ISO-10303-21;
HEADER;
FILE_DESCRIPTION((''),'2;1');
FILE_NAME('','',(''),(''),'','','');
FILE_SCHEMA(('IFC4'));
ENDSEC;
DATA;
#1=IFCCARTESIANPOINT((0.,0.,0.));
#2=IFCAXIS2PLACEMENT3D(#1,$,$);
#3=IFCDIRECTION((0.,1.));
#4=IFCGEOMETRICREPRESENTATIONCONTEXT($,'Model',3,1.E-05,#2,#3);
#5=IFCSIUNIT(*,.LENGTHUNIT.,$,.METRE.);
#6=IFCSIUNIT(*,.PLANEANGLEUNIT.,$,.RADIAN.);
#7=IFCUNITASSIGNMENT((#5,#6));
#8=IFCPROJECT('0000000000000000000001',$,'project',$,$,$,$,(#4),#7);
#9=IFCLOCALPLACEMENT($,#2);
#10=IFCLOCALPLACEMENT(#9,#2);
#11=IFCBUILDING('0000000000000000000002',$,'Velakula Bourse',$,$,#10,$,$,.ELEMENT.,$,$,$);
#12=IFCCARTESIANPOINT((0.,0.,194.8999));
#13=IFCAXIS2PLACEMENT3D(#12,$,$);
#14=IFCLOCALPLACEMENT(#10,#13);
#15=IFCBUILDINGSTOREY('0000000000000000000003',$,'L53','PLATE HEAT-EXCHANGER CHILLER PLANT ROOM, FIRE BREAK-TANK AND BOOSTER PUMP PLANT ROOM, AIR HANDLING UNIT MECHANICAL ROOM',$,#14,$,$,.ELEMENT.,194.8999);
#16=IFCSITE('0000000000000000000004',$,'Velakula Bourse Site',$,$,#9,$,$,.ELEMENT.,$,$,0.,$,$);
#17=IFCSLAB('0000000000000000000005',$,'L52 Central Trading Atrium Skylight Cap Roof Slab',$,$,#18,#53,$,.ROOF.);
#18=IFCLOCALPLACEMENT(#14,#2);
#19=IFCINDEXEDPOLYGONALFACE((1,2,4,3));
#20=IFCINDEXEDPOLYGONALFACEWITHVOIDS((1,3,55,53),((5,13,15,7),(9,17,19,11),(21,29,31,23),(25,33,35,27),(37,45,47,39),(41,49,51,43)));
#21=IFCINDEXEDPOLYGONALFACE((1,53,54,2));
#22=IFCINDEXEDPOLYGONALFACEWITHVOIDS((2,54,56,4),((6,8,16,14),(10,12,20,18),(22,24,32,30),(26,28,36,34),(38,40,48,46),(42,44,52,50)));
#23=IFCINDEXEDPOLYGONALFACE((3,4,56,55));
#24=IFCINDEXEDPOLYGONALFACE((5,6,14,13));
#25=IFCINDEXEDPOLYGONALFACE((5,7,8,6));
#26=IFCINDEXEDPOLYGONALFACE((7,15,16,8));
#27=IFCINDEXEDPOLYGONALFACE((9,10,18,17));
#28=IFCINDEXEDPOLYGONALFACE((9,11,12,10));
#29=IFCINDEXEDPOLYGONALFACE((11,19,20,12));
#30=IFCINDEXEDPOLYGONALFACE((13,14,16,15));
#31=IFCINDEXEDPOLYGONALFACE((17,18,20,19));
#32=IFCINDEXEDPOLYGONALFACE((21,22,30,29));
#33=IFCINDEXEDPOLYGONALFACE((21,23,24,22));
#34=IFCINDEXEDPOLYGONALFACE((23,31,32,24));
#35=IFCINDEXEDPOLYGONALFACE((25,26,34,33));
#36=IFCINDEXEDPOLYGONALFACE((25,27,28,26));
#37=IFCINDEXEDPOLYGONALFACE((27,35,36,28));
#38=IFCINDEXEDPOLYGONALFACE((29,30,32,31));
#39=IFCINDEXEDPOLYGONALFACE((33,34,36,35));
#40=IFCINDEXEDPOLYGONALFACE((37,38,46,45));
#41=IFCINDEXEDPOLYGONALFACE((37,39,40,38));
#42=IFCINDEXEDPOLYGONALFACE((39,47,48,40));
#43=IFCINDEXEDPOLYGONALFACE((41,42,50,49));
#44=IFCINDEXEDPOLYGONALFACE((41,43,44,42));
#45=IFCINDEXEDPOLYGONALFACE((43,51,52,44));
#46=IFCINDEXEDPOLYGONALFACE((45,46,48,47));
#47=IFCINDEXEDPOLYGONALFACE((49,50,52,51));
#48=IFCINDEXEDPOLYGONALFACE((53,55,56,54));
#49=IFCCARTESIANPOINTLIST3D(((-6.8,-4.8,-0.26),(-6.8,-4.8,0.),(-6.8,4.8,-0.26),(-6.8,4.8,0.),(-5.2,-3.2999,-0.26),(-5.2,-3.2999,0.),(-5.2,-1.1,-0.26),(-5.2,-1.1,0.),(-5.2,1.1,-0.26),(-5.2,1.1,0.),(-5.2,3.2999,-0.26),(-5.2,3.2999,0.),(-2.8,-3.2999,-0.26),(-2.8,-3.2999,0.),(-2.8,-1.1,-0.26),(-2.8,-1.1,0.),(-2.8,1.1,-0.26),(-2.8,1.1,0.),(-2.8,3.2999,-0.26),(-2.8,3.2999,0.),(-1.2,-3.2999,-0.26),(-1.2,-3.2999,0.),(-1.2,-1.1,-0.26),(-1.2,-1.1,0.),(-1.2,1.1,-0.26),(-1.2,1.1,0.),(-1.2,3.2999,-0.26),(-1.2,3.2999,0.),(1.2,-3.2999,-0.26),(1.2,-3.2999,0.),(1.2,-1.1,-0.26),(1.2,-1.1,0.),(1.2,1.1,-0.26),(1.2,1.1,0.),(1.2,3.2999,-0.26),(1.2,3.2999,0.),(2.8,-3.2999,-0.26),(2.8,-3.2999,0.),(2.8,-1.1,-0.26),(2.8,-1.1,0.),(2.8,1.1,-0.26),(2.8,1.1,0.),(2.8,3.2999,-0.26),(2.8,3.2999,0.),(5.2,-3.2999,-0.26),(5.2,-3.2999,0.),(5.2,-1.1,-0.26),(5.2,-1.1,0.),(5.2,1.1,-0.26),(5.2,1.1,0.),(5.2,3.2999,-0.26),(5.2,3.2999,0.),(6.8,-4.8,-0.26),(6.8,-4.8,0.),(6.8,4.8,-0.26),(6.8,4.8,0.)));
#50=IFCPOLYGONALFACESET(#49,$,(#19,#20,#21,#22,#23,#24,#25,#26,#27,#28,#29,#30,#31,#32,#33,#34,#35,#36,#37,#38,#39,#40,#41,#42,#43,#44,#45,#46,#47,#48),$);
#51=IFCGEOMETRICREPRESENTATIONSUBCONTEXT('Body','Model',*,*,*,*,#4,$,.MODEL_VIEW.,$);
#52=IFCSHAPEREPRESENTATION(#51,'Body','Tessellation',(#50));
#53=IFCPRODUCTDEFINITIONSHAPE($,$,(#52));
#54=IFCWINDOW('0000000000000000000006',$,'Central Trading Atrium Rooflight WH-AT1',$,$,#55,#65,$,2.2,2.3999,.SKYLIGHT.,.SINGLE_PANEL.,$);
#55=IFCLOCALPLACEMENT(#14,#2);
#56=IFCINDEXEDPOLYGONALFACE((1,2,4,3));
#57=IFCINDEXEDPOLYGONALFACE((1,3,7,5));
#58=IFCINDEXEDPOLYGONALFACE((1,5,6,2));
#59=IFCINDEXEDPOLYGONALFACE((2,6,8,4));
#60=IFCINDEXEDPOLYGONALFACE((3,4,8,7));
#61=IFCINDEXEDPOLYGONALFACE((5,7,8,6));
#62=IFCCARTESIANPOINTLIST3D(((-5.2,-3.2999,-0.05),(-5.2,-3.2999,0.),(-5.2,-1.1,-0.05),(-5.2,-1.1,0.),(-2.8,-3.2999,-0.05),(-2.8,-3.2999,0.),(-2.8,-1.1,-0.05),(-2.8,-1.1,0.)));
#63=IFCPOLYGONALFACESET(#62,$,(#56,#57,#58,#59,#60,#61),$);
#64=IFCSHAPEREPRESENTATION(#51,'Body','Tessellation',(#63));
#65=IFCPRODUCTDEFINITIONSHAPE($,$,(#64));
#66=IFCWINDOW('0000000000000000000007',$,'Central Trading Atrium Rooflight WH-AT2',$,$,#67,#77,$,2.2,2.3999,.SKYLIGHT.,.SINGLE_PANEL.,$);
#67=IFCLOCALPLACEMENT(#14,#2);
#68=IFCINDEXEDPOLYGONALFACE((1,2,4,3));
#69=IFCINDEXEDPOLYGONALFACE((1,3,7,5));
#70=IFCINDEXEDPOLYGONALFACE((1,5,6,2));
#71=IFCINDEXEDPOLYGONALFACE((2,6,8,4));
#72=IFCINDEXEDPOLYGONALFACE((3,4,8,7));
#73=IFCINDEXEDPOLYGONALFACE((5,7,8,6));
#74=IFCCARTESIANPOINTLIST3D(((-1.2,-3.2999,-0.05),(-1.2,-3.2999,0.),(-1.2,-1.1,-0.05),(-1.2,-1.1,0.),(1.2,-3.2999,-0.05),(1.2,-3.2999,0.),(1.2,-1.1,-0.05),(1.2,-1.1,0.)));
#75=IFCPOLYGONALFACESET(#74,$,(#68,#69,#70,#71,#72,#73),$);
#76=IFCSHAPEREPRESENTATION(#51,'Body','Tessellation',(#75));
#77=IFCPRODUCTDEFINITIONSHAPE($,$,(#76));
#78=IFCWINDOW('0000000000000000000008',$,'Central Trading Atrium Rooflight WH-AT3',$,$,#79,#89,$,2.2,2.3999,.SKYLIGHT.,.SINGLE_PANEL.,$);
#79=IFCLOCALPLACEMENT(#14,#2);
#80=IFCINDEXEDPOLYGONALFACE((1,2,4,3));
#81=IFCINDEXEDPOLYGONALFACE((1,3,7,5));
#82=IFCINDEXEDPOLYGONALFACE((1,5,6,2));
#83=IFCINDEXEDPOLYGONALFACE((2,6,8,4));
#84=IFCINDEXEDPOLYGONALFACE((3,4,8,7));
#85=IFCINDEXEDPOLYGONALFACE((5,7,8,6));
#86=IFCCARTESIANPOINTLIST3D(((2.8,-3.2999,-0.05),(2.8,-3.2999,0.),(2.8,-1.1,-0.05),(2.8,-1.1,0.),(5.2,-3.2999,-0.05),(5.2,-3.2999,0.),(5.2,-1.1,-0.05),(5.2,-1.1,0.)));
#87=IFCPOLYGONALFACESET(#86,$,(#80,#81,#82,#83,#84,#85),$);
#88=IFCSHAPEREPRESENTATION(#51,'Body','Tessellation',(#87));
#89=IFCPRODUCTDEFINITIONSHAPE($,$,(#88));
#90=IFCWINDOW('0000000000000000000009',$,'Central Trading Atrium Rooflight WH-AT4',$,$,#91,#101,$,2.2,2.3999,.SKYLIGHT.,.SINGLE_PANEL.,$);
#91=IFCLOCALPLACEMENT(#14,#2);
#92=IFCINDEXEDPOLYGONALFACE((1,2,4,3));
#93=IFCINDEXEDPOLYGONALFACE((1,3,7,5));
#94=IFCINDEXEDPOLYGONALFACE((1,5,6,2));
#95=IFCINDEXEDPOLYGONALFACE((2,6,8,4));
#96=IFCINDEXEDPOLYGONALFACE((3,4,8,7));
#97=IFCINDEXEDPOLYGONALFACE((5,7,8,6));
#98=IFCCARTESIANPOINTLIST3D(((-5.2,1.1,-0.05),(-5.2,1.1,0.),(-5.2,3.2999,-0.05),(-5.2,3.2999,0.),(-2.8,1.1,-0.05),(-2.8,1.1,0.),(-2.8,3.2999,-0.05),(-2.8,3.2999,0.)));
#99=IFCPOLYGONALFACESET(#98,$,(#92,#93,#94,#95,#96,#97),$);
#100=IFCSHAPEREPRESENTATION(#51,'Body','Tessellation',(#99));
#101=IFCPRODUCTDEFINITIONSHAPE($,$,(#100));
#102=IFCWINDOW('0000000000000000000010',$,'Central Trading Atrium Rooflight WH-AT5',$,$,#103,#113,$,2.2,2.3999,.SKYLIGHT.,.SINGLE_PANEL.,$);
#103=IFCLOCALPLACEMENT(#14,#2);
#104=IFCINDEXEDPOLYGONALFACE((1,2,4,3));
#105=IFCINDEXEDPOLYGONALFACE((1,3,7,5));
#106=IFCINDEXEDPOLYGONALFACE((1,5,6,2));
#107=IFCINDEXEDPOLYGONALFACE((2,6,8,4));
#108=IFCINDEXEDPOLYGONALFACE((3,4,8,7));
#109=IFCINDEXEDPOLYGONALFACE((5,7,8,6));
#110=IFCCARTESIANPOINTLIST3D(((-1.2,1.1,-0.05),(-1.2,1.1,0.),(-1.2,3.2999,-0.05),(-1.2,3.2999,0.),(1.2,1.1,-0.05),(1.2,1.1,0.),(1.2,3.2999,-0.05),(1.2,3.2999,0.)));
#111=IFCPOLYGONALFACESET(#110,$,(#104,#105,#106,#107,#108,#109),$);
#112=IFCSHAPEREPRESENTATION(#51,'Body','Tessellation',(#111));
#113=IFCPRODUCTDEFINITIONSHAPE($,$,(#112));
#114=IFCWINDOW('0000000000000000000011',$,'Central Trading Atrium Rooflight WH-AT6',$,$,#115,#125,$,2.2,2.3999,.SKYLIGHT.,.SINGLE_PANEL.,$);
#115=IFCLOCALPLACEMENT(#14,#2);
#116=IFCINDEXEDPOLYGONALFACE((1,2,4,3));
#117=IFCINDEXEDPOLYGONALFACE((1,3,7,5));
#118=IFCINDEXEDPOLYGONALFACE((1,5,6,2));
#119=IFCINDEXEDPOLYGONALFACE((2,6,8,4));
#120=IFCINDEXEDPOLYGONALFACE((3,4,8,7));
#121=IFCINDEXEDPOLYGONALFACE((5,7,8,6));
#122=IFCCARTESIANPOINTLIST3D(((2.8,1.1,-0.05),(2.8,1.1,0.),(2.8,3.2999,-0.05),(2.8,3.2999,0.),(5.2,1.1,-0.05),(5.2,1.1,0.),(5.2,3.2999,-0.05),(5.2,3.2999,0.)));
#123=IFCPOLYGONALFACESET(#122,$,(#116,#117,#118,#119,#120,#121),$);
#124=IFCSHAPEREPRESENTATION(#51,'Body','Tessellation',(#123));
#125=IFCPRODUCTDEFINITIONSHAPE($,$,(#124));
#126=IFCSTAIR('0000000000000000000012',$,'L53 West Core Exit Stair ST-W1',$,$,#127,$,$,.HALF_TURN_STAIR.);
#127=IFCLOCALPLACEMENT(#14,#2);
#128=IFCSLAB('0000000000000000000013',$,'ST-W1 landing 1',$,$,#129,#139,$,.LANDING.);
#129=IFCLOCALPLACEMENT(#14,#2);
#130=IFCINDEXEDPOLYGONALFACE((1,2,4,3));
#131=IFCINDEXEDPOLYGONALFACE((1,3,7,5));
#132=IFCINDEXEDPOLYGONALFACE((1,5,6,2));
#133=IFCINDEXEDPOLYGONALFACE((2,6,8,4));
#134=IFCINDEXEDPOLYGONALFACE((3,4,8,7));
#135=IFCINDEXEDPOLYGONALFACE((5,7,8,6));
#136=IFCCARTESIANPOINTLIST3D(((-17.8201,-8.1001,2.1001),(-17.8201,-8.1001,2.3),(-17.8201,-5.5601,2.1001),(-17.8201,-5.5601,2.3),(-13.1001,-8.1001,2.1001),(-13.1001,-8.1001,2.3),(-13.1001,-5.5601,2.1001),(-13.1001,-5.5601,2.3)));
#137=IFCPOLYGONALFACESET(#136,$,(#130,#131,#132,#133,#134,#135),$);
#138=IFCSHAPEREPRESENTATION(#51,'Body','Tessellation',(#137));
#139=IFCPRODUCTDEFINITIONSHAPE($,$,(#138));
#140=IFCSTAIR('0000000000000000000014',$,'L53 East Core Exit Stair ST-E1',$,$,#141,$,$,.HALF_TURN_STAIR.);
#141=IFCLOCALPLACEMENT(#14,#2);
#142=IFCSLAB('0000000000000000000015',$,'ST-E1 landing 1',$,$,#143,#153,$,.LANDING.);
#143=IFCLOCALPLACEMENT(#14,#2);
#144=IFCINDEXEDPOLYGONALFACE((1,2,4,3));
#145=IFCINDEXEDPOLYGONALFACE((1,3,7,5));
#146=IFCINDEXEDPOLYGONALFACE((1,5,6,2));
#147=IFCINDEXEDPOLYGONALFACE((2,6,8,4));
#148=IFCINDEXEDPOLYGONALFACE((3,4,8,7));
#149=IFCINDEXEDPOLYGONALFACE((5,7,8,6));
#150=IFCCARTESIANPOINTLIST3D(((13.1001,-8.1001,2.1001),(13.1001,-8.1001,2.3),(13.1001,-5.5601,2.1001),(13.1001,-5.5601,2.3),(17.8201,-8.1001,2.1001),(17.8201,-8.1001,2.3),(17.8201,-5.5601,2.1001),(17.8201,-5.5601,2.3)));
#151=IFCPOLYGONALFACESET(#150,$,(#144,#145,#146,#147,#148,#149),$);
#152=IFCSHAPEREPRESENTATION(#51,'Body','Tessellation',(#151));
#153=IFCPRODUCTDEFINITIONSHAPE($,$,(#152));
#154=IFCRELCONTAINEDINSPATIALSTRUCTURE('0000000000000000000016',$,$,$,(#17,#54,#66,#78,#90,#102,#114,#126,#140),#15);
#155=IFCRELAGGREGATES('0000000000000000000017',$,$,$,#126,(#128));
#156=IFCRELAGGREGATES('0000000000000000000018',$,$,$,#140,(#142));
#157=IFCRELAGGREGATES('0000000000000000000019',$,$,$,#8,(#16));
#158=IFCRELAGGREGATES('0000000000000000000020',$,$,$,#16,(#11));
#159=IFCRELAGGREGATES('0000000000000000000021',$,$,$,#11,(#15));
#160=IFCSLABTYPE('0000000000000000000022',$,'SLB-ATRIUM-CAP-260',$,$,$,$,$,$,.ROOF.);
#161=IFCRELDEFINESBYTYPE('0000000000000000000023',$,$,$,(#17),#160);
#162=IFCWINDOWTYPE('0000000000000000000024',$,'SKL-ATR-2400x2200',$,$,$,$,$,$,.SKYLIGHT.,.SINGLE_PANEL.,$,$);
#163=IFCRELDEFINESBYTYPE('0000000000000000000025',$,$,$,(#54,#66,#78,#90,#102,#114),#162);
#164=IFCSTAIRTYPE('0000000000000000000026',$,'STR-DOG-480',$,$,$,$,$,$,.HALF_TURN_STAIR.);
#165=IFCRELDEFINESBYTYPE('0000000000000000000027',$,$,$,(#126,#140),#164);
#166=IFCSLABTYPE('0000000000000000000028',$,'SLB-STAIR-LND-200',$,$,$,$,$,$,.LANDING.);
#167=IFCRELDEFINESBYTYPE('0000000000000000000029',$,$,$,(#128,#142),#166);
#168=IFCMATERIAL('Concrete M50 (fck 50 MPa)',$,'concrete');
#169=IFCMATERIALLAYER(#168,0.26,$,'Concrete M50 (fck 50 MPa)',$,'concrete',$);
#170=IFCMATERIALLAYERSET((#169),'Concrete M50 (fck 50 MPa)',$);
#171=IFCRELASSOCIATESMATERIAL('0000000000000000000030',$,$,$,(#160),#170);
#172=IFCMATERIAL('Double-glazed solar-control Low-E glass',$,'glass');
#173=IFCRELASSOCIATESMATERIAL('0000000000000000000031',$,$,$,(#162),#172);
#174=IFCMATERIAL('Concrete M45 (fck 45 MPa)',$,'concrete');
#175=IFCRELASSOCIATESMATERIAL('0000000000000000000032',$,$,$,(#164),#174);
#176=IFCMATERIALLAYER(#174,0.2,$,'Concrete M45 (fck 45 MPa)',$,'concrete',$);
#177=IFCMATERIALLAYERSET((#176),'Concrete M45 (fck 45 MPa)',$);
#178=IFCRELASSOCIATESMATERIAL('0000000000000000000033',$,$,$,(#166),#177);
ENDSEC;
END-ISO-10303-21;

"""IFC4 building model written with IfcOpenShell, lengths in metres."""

from ifc_helpers import new_model, si_unit, direction, frame, origin, origin_2d, place, context, subcontext, project, spatial, polyline, rectangle, outline, extrude, material, layer, layer_set, type_object, element, fill, aggregate, save


model = new_model("IFC4")

# Units and contexts
model_context = context("Model", 3, precision=1e-05, world=origin(), true_north=direction((0.0, 1.0)))
body_context = subcontext(model_context, "Body", "Model", "MODEL_VIEW")
ifc_project = project(units=[si_unit("LENGTHUNIT", "METRE"), si_unit("PLANEANGLEUNIT", "RADIAN")], contexts=[model_context])

# Site, building, storey
site_placement = place(None, origin())
site = spatial("IfcSite", under=ifc_project, at=site_placement, Name="Velakula Bourse Site", CompositionType="ELEMENT", RefElevation=0.0)
building_placement = place(site_placement, origin())
building = spatial("IfcBuilding", under=site, at=building_placement, Name="Velakula Bourse", CompositionType="ELEMENT")
storey_placement = place(building_placement, frame((0.0, 0.0, 194.8999)))
storey = spatial("IfcBuildingStorey", under=building, at=storey_placement, Name="L53", Description="PLATE HEAT-EXCHANGER CHILLER PLANT ROOM, FIRE BREAK-TANK AND BOOSTER PUMP PLANT ROOM, AIR HANDLING UNIT MECHANICAL ROOM", CompositionType="ELEMENT", Elevation=194.8999)

# Slab, openings, windows
ifc_material_1 = material(Name="Concrete M50 (fck 50 MPa)", Category="concrete")
ifc_layer_1 = layer(ifc_material_1, 0.26, Name="Concrete M50 (fck 50 MPa)", Category="concrete")
ifc_layer_set_1 = layer_set([ifc_layer_1], Name="Concrete M50 (fck 50 MPa)")
slab_type_1 = type_object("IfcSlabType", Name="SLB-ATRIUM-CAP-260", PredefinedType="ROOF", material=ifc_layer_set_1)
slab_1_placement = place(storey_placement, frame((0.0, 0.0, -0.26)))
slab_1 = element("IfcSlab", 1, at=slab_1_placement, inside=storey, type_object=slab_type_1, Name="L52 Central Trading Atrium Skylight Cap Roof Slab", PredefinedType="ROOF", context=body_context, shape_type="SweptSolid", body=[
    extrude(outline(polyline([(-6.8, -4.8), (6.8, -4.8), (6.8, 4.8), (-6.8, 4.8), (-6.8, -4.8)])), origin(), (0.0, 0.0, 1.0), 0.26),
])
opening_1_placement = place(slab_1_placement, frame((-4.0, -2.2, -0.01)))
opening_1 = element("IfcOpeningElement", 2, at=opening_1_placement, cuts=slab_1, PredefinedType="OPENING", context=body_context, shape_type="SweptSolid", body=[
    extrude(rectangle(XDim=2.3999, YDim=2.2, at=origin_2d()), origin(), (0.0, 0.0, 1.0), 0.28),
])
opening_2_placement = place(slab_1_placement, frame((0.0, -2.2, -0.01)))
opening_2 = element("IfcOpeningElement", 3, at=opening_2_placement, cuts=slab_1, PredefinedType="OPENING", context=body_context, shape_type="SweptSolid", body=[
    extrude(rectangle(XDim=2.3999, YDim=2.2, at=origin_2d()), origin(), (0.0, 0.0, 1.0), 0.28),
])
opening_3_placement = place(slab_1_placement, frame((4.0, -2.2, -0.01)))
opening_3 = element("IfcOpeningElement", 4, at=opening_3_placement, cuts=slab_1, PredefinedType="OPENING", context=body_context, shape_type="SweptSolid", body=[
    extrude(rectangle(XDim=2.3999, YDim=2.2, at=origin_2d()), origin(), (0.0, 0.0, 1.0), 0.28),
])
opening_4_placement = place(slab_1_placement, frame((-4.0, 2.2, -0.01)))
opening_4 = element("IfcOpeningElement", 5, at=opening_4_placement, cuts=slab_1, PredefinedType="OPENING", context=body_context, shape_type="SweptSolid", body=[
    extrude(rectangle(XDim=2.3999, YDim=2.2, at=origin_2d()), origin(), (0.0, 0.0, 1.0), 0.28),
])
opening_5_placement = place(slab_1_placement, frame((0.0, 2.2, -0.01)))
opening_5 = element("IfcOpeningElement", 6, at=opening_5_placement, cuts=slab_1, PredefinedType="OPENING", context=body_context, shape_type="SweptSolid", body=[
    extrude(rectangle(XDim=2.3999, YDim=2.2, at=origin_2d()), origin(), (0.0, 0.0, 1.0), 0.28),
])
opening_6_placement = place(slab_1_placement, frame((4.0, 2.2, -0.01)))
opening_6 = element("IfcOpeningElement", 7, at=opening_6_placement, cuts=slab_1, PredefinedType="OPENING", context=body_context, shape_type="SweptSolid", body=[
    extrude(rectangle(XDim=2.3999, YDim=2.2, at=origin_2d()), origin(), (0.0, 0.0, 1.0), 0.28),
])
ifc_material_2 = material(Name="Double-glazed solar-control Low-E glass", Category="glass")
window_type = type_object("IfcWindowType", Name="SKL-ATR-2400x2200", PartitioningType="SINGLE_PANEL", PredefinedType="SKYLIGHT", material=ifc_material_2)
window_1_placement = place(slab_1_placement, frame((-4.0, -2.2, 0.21)))
window_1 = element("IfcWindow", 8, at=window_1_placement, inside=storey, type_object=window_type, Name="Central Trading Atrium Rooflight WH-AT1", OverallHeight=2.2, OverallWidth=2.3999, PartitioningType="SINGLE_PANEL", PredefinedType="SKYLIGHT", context=body_context, shape_type="SweptSolid", body=[
    extrude(rectangle(XDim=2.3999, YDim=2.2, at=origin_2d()), origin(), (0.0, 0.0, 1.0), 0.05),
])
fill(opening_1, window_1)
window_2_placement = place(slab_1_placement, frame((0.0, -2.2, 0.21)))
window_2 = element("IfcWindow", 9, at=window_2_placement, inside=storey, type_object=window_type, Name="Central Trading Atrium Rooflight WH-AT2", OverallHeight=2.2, OverallWidth=2.3999, PartitioningType="SINGLE_PANEL", PredefinedType="SKYLIGHT", context=body_context, shape_type="SweptSolid", body=[
    extrude(rectangle(XDim=2.3999, YDim=2.2, at=origin_2d()), origin(), (0.0, 0.0, 1.0), 0.05),
])
fill(opening_2, window_2)
window_3_placement = place(slab_1_placement, frame((4.0, -2.2, 0.21)))
window_3 = element("IfcWindow", 10, at=window_3_placement, inside=storey, type_object=window_type, Name="Central Trading Atrium Rooflight WH-AT3", OverallHeight=2.2, OverallWidth=2.3999, PartitioningType="SINGLE_PANEL", PredefinedType="SKYLIGHT", context=body_context, shape_type="SweptSolid", body=[
    extrude(rectangle(XDim=2.3999, YDim=2.2, at=origin_2d()), origin(), (0.0, 0.0, 1.0), 0.05),
])
fill(opening_3, window_3)
window_4_placement = place(slab_1_placement, frame((-4.0, 2.2, 0.21)))
window_4 = element("IfcWindow", 11, at=window_4_placement, inside=storey, type_object=window_type, Name="Central Trading Atrium Rooflight WH-AT4", OverallHeight=2.2, OverallWidth=2.3999, PartitioningType="SINGLE_PANEL", PredefinedType="SKYLIGHT", context=body_context, shape_type="SweptSolid", body=[
    extrude(rectangle(XDim=2.3999, YDim=2.2, at=origin_2d()), origin(), (0.0, 0.0, 1.0), 0.05),
])
fill(opening_4, window_4)
window_5_placement = place(slab_1_placement, frame((0.0, 2.2, 0.21)))
window_5 = element("IfcWindow", 12, at=window_5_placement, inside=storey, type_object=window_type, Name="Central Trading Atrium Rooflight WH-AT5", OverallHeight=2.2, OverallWidth=2.3999, PartitioningType="SINGLE_PANEL", PredefinedType="SKYLIGHT", context=body_context, shape_type="SweptSolid", body=[
    extrude(rectangle(XDim=2.3999, YDim=2.2, at=origin_2d()), origin(), (0.0, 0.0, 1.0), 0.05),
])
fill(opening_5, window_5)
window_6_placement = place(slab_1_placement, frame((4.0, 2.2, 0.21)))
window_6 = element("IfcWindow", 13, at=window_6_placement, inside=storey, type_object=window_type, Name="Central Trading Atrium Rooflight WH-AT6", OverallHeight=2.2, OverallWidth=2.3999, PartitioningType="SINGLE_PANEL", PredefinedType="SKYLIGHT", context=body_context, shape_type="SweptSolid", body=[
    extrude(rectangle(XDim=2.3999, YDim=2.2, at=origin_2d()), origin(), (0.0, 0.0, 1.0), 0.05),
])
fill(opening_6, window_6)

# Stairs, slabs
ifc_material_3 = material(Name="Concrete M45 (fck 45 MPa)", Category="concrete")
stair_type = type_object("IfcStairType", Name="STR-DOG-480", PredefinedType="HALF_TURN_STAIR", material=ifc_material_3)
stair_1_placement = place(storey_placement, origin())
stair_1 = element("IfcStair", 14, at=stair_1_placement, inside=storey, type_object=stair_type, Name="L53 West Core Exit Stair ST-W1", PredefinedType="HALF_TURN_STAIR")
ifc_layer_2 = layer(ifc_material_3, 0.2, Name="Concrete M45 (fck 45 MPa)", Category="concrete")
ifc_layer_set_2 = layer_set([ifc_layer_2], Name="Concrete M45 (fck 45 MPa)")
slab_type_2 = type_object("IfcSlabType", Name="SLB-STAIR-LND-200", PredefinedType="LANDING", material=ifc_layer_set_2)
slab_2_placement = place(storey_placement, frame((0.0, 0.0, 2.1001)))
slab_2 = element("IfcSlab", 15, at=slab_2_placement, type_object=slab_type_2, Name="ST-W1 landing 1", PredefinedType="LANDING", context=body_context, shape_type="SweptSolid", body=[
    extrude(outline(polyline([(-17.8201, -5.5601), (-17.8201, -8.1001), (-13.1001, -8.1001), (-13.1001, -5.5601), (-17.8201, -5.5601)])), origin(), (0.0, 0.0, 1.0), 0.2),
])
aggregate(stair_1, [slab_2])
stair_2_placement = place(storey_placement, origin())
stair_2 = element("IfcStair", 16, at=stair_2_placement, inside=storey, type_object=stair_type, Name="L53 East Core Exit Stair ST-E1", PredefinedType="HALF_TURN_STAIR")
slab_3_placement = place(storey_placement, frame((0.0, 0.0, 2.1001)))
slab_3 = element("IfcSlab", 17, at=slab_3_placement, type_object=slab_type_2, Name="ST-E1 landing 1", PredefinedType="LANDING", context=body_context, shape_type="SweptSolid", body=[
    extrude(outline(polyline([(13.1001, -5.5601), (13.1001, -8.1001), (17.8201, -8.1001), (17.8201, -5.5601), (13.1001, -5.5601)])), origin(), (0.0, 0.0, 1.0), 0.2),
])
aggregate(stair_2, [slab_3])

save(model, "model.ifc")
